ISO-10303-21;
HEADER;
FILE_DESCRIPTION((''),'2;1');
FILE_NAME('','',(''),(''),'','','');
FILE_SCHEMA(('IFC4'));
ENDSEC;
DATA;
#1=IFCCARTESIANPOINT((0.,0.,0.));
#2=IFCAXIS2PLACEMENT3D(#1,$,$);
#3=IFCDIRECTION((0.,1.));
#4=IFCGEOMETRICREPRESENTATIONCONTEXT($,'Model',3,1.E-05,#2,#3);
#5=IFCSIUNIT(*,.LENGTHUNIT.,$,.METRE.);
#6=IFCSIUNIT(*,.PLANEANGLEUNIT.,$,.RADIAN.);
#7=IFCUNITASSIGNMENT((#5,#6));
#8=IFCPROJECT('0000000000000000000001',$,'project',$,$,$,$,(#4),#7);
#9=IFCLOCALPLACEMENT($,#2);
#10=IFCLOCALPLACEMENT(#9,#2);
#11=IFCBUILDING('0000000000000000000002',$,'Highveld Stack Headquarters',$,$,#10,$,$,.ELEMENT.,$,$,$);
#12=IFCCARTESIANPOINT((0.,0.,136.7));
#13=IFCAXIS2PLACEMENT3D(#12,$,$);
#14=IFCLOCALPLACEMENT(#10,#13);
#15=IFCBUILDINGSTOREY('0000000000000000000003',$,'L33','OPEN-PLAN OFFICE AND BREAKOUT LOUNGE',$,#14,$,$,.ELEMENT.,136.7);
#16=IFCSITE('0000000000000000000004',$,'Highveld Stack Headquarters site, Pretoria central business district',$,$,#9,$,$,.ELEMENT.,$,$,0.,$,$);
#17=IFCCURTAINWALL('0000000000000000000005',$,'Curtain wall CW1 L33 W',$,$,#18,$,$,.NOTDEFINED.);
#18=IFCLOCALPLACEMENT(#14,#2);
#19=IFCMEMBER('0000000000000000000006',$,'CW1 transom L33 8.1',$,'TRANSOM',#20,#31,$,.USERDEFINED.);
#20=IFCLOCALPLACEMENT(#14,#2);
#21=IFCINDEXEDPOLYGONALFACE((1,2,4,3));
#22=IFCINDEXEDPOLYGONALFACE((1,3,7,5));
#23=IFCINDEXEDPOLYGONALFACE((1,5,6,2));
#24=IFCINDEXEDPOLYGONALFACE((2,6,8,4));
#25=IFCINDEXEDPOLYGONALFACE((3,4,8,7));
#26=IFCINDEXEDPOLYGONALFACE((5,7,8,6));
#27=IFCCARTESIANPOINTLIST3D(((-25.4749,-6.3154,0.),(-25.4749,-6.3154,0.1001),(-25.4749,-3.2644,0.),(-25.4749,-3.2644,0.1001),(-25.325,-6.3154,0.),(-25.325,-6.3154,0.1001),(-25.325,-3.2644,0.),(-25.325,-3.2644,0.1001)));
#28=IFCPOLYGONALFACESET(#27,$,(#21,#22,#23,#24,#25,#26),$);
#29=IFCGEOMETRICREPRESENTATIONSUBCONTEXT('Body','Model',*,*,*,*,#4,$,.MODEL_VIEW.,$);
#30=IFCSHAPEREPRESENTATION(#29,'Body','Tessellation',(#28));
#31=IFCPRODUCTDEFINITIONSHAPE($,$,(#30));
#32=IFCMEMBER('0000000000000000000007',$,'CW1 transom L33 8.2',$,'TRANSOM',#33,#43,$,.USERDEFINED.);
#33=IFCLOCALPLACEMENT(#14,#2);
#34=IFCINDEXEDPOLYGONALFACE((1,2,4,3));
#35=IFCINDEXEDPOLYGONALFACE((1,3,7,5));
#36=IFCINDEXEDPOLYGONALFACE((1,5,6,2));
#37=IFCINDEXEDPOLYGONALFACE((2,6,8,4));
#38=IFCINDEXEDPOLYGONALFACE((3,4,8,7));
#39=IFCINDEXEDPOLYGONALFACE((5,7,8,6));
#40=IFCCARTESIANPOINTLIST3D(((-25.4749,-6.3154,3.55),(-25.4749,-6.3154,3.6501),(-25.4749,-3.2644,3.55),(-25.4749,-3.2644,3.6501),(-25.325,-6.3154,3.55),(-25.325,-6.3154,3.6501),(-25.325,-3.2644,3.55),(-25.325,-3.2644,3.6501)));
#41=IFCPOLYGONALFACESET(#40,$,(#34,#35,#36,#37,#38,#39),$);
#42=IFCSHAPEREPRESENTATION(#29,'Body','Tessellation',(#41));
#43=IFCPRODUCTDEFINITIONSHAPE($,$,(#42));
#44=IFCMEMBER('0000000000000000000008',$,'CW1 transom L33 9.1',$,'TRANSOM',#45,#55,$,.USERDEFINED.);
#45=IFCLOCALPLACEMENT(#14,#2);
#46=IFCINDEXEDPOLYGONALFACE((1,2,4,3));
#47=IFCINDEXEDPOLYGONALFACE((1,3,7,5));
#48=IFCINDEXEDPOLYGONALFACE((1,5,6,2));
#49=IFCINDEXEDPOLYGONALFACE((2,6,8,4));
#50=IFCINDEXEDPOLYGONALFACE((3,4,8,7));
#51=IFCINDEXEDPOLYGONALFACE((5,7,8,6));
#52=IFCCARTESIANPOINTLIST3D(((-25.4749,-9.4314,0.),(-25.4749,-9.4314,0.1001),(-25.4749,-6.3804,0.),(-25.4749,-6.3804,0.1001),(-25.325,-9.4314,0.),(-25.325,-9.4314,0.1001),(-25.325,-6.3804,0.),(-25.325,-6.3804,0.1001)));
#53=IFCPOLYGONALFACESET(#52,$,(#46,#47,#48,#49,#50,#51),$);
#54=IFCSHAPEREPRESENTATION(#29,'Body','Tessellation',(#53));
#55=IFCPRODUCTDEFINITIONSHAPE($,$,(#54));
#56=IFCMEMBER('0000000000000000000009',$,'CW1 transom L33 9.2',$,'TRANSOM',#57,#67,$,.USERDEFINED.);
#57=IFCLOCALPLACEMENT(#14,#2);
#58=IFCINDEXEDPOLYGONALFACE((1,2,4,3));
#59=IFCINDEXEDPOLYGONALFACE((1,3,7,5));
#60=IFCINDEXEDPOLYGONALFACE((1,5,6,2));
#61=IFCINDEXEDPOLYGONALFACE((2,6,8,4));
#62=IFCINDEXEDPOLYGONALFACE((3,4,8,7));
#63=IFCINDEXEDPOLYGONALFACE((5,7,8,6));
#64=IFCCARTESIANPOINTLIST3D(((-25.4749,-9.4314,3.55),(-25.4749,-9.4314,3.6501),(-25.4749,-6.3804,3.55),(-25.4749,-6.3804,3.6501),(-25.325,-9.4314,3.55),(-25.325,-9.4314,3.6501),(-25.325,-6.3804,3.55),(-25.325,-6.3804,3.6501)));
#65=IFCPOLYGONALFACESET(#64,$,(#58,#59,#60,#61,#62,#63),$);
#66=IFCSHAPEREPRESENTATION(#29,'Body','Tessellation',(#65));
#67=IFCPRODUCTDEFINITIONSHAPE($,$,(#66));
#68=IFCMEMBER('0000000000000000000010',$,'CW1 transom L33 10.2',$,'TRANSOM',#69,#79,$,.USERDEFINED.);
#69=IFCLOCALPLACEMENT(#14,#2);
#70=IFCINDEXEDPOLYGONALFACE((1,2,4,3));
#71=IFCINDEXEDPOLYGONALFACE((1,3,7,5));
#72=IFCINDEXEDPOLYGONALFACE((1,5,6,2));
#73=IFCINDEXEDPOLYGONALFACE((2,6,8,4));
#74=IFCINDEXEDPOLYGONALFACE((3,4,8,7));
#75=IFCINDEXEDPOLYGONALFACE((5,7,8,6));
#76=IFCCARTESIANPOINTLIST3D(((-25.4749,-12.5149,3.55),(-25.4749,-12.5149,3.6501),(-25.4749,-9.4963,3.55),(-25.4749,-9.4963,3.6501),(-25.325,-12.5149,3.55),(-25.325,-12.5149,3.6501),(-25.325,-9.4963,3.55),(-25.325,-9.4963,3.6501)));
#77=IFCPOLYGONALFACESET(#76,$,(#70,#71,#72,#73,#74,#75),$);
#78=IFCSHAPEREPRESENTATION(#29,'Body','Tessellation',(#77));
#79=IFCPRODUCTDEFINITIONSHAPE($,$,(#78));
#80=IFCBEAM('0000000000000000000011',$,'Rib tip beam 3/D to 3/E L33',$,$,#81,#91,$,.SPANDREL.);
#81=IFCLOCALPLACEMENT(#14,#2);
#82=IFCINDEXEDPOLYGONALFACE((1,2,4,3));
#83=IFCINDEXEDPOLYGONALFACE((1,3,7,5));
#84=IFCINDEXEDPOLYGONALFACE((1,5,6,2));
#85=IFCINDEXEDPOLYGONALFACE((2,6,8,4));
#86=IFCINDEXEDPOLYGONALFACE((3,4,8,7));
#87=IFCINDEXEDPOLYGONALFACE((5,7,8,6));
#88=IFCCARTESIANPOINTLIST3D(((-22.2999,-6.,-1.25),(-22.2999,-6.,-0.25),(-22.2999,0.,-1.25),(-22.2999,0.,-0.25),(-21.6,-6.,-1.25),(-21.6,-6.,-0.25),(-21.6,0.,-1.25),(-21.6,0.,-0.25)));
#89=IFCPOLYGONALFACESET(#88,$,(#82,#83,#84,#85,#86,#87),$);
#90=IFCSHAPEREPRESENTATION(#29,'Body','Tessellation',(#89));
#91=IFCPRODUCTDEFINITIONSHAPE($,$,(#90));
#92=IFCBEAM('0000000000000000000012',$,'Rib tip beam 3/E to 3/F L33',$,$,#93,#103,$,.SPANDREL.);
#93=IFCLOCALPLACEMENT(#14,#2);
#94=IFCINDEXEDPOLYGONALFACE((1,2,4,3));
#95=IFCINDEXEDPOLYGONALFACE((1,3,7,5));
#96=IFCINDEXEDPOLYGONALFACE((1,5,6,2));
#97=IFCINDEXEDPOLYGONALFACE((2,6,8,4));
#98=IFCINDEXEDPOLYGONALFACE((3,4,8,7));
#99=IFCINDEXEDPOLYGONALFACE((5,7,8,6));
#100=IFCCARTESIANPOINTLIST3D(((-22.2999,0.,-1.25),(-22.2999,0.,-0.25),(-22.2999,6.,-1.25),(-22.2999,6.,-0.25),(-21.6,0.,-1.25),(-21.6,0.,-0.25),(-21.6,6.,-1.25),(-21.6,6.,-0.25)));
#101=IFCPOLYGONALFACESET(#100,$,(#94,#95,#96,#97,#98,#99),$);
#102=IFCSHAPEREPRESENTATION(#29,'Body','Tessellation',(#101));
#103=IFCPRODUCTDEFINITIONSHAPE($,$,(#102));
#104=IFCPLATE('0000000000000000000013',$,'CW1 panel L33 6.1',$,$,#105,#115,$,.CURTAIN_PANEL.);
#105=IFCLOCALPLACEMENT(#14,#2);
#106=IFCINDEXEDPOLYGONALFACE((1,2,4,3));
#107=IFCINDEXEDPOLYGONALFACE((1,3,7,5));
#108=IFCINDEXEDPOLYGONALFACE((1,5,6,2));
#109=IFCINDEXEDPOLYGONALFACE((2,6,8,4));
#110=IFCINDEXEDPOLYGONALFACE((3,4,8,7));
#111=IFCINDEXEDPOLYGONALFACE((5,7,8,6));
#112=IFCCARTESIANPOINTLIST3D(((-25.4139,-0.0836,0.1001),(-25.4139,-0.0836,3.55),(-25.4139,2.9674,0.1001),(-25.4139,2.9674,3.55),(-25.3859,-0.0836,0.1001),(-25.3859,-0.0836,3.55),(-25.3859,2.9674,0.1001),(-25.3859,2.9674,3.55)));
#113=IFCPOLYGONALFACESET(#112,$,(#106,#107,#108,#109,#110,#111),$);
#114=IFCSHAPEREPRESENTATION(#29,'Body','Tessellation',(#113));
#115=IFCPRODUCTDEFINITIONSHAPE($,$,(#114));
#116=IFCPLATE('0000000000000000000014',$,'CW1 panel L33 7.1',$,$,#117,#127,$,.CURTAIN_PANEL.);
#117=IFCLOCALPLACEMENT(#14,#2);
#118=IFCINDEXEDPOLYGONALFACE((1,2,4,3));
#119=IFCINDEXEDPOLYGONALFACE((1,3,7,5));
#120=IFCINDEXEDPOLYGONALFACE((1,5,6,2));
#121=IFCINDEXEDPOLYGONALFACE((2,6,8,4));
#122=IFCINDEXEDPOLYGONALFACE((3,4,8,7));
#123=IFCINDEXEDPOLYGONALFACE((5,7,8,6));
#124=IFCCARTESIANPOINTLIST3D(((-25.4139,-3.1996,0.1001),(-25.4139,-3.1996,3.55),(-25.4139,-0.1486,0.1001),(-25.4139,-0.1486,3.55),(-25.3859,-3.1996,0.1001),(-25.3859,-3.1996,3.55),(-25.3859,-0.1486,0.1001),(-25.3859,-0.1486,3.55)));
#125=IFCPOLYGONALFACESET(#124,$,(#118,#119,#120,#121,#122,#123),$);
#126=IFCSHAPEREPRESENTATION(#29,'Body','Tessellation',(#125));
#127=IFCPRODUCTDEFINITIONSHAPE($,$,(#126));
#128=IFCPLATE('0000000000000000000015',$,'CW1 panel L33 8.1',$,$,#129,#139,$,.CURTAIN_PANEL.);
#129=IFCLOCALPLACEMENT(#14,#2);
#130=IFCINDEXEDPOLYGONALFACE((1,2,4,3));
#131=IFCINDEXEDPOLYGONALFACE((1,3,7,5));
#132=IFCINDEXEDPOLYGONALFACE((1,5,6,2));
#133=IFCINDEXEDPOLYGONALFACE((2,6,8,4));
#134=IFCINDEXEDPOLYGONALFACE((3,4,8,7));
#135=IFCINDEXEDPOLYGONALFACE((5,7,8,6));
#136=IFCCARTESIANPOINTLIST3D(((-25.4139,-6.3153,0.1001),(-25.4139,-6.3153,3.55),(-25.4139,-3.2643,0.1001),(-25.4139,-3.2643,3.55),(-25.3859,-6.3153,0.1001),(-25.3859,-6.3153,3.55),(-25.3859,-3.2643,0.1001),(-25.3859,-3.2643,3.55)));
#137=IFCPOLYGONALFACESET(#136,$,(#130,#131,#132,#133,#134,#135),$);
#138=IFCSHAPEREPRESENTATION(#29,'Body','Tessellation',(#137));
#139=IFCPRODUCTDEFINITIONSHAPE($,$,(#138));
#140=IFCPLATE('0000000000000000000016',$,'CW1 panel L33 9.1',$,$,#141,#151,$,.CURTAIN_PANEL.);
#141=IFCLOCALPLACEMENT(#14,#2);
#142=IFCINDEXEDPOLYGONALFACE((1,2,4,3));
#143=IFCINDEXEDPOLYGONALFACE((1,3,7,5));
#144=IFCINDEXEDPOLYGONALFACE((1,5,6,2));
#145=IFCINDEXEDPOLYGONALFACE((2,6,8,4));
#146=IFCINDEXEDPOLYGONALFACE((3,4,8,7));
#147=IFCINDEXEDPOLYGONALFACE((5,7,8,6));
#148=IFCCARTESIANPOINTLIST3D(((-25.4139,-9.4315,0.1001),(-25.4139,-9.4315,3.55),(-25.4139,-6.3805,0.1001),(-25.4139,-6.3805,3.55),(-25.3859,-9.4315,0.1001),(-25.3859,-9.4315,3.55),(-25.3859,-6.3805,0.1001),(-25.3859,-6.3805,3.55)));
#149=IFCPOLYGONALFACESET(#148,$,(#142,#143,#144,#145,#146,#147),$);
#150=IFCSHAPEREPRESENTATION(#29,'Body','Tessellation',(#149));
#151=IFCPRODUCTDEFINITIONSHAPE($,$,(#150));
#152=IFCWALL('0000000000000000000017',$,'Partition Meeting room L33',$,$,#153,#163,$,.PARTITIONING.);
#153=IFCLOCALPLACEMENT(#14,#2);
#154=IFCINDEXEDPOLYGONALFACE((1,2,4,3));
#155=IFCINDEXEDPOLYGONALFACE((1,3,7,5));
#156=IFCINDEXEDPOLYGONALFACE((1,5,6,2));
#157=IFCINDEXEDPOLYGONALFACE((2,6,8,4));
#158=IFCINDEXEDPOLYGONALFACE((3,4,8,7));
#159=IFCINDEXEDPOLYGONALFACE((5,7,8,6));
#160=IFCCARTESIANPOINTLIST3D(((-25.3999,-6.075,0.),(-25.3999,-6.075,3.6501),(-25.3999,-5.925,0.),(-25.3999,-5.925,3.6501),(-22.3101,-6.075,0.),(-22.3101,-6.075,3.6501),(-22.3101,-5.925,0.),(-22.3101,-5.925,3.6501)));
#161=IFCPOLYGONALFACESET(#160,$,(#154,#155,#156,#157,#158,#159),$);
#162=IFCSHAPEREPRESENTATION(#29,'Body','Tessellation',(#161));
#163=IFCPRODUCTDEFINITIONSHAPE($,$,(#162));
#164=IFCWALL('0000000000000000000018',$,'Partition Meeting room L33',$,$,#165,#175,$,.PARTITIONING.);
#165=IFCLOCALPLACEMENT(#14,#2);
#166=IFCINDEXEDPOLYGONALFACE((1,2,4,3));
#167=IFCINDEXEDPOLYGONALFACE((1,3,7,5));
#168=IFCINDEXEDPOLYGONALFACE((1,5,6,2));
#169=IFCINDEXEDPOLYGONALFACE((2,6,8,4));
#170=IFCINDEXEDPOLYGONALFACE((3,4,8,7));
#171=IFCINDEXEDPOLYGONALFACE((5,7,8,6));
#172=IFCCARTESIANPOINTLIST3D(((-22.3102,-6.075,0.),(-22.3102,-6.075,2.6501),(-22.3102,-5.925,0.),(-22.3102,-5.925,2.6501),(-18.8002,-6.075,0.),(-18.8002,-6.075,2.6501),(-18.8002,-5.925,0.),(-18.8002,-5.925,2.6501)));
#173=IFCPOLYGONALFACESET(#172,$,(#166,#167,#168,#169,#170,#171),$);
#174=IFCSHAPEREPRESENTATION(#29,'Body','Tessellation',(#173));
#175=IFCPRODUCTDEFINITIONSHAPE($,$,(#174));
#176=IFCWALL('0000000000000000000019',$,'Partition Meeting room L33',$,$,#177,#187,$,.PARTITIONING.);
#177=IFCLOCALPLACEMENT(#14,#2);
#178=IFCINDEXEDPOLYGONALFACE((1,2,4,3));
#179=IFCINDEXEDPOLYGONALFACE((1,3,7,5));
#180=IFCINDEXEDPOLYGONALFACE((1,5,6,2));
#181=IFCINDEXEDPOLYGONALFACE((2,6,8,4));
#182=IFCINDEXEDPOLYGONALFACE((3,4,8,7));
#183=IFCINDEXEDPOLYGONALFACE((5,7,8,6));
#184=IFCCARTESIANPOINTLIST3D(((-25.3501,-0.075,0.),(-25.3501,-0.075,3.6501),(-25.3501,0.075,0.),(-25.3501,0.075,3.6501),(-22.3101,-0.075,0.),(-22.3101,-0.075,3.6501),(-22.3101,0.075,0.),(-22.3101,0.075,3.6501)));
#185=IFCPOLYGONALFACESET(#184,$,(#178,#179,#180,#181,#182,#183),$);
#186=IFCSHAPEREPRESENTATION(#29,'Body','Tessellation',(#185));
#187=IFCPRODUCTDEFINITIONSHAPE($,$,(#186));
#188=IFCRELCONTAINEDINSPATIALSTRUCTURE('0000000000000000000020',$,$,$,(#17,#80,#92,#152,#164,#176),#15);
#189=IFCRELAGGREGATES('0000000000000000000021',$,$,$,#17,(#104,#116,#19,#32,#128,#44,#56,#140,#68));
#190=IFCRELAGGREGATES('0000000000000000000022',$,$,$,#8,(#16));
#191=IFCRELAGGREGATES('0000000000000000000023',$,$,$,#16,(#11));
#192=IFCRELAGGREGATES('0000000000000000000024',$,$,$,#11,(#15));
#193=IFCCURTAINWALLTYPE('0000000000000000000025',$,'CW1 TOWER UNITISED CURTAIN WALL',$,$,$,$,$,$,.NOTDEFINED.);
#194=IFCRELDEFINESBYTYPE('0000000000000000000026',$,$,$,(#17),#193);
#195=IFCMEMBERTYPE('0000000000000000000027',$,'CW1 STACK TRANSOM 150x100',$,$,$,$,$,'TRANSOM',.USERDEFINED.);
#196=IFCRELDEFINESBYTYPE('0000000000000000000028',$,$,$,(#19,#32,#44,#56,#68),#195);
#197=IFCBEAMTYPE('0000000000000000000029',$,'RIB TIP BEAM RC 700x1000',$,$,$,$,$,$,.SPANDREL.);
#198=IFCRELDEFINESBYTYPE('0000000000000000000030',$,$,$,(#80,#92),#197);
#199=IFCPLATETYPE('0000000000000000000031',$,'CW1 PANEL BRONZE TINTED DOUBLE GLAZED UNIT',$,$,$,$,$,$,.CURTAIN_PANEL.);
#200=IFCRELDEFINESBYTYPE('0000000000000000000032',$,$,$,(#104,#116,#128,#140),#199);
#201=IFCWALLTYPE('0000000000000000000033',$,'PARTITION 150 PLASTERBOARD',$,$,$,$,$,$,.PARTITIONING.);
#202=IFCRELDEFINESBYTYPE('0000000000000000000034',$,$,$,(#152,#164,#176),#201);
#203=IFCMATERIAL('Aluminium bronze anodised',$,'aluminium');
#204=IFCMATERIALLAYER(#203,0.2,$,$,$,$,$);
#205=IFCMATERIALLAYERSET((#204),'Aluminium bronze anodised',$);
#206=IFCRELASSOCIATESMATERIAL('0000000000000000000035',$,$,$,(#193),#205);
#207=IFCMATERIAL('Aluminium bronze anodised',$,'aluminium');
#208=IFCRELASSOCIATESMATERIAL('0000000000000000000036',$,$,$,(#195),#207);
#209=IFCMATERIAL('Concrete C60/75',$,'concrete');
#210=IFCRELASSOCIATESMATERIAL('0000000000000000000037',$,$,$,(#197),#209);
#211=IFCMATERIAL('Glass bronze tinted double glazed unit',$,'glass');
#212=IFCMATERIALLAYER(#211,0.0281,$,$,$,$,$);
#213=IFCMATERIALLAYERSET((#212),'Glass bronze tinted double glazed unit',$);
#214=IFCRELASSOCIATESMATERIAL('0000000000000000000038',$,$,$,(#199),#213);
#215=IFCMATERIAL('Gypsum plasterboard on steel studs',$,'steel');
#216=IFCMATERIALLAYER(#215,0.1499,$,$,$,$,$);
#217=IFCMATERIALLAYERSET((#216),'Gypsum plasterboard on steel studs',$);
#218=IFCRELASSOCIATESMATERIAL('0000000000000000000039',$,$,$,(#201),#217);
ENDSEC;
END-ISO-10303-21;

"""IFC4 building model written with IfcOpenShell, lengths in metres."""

from ifc_helpers import new_model, si_unit, direction, frame, frame_2d, origin, origin_2d, place, context, subcontext, project, spatial, rectangle, extrude, material, layer, layer_set, material_profile, profile_set, type_object, element, aggregate, save


model = new_model("IFC4")

# Units and contexts
model_context = context("Model", 3, precision=1e-05, world=origin(), true_north=direction((0.0, 1.0)))
body_context = subcontext(model_context, "Body", "Model", "MODEL_VIEW")
ifc_project = project(units=[si_unit("LENGTHUNIT", "METRE"), si_unit("PLANEANGLEUNIT", "RADIAN")], contexts=[model_context])

# Site, building, storey
site_placement = place(None, origin())
site = spatial("IfcSite", under=ifc_project, at=site_placement, Name="Highveld Stack Headquarters site, Pretoria central business district", CompositionType="ELEMENT", RefElevation=0.0)
building_placement = place(site_placement, origin())
building = spatial("IfcBuilding", under=site, at=building_placement, Name="Highveld Stack Headquarters", CompositionType="ELEMENT")
storey_placement = place(building_placement, frame((0.0, 0.0, 136.7)))
storey = spatial("IfcBuildingStorey", under=building, at=storey_placement, Name="L33", Description="OPEN-PLAN OFFICE AND BREAKOUT LOUNGE", CompositionType="ELEMENT", Elevation=136.7)

# Curtain wall, members
ifc_material_1 = material(Name="Aluminium bronze anodised", Category="aluminium")
ifc_layer_1 = layer(ifc_material_1, 0.2)
ifc_layer_set_1 = layer_set([ifc_layer_1], Name="Aluminium bronze anodised")
curtain_wall_type = type_object("IfcCurtainWallType", Name="CW1 TOWER UNITISED CURTAIN WALL", PredefinedType="NOTDEFINED", material=ifc_layer_set_1)
curtain_wall_placement = place(storey_placement, origin())
curtain_wall = element("IfcCurtainWall", 1, at=curtain_wall_placement, inside=storey, type_object=curtain_wall_type, Name="Curtain wall CW1 L33 W", PredefinedType="NOTDEFINED")
ifc_material_2 = material(Name="Aluminium bronze anodised", Category="aluminium")
ifc_material_profile_1 = material_profile(ifc_material_2, rectangle(XDim=0.1499, YDim=0.1001, at=origin_2d()), Name="CW1 TRANSOM 150x100")
ifc_profile_set_1 = profile_set([ifc_material_profile_1], Name="Aluminium bronze anodised")
member_type_1 = type_object("IfcMemberType", Name="CW1 STACK TRANSOM 150x100", ElementType="TRANSOM", PredefinedType="USERDEFINED", material=ifc_profile_set_1)
member_1_placement = place(storey_placement, frame((-25.3999, -3.2644, 0.05), z_axis=(0.0, -1.0, 0.0), x_axis=(1.0, 0.0, 0.0)))
member_1 = element("IfcMember", 2, at=member_1_placement, type_object=member_type_1, Name="CW1 transom L33 8.1", ObjectType="TRANSOM", PredefinedType="USERDEFINED", context=body_context, shape_type="SweptSolid", body=[
    extrude(rectangle(XDim=0.1499, YDim=0.1001, at=origin_2d()), origin(), (0.0, 0.0, 1.0), 3.051),
])
member_2_placement = place(storey_placement, frame((-25.3999, -3.2644, 3.6001), z_axis=(0.0, -1.0, 0.0), x_axis=(1.0, 0.0, 0.0)))
member_2 = element("IfcMember", 3, at=member_2_placement, type_object=member_type_1, Name="CW1 transom L33 8.2", ObjectType="TRANSOM", PredefinedType="USERDEFINED", context=body_context, shape_type="SweptSolid", body=[
    extrude(rectangle(XDim=0.1499, YDim=0.1001, at=origin_2d()), origin(), (0.0, 0.0, 1.0), 3.051),
])
member_3_placement = place(storey_placement, frame((-25.3999, -6.3804, 0.05), z_axis=(0.0, -1.0, 0.0), x_axis=(1.0, 0.0, 0.0)))
member_3 = element("IfcMember", 4, at=member_3_placement, type_object=member_type_1, Name="CW1 transom L33 9.1", ObjectType="TRANSOM", PredefinedType="USERDEFINED", context=body_context, shape_type="SweptSolid", body=[
    extrude(rectangle(XDim=0.1499, YDim=0.1001, at=origin_2d()), origin(), (0.0, 0.0, 1.0), 3.051),
])
member_4_placement = place(storey_placement, frame((-25.3999, -6.3804, 3.6001), z_axis=(0.0, -1.0, 0.0), x_axis=(1.0, 0.0, 0.0)))
member_4 = element("IfcMember", 5, at=member_4_placement, type_object=member_type_1, Name="CW1 transom L33 9.2", ObjectType="TRANSOM", PredefinedType="USERDEFINED", context=body_context, shape_type="SweptSolid", body=[
    extrude(rectangle(XDim=0.1499, YDim=0.1001, at=origin_2d()), origin(), (0.0, 0.0, 1.0), 3.051),
])
member_5_placement = place(storey_placement, frame((-25.3999, -9.4963, 3.6001), z_axis=(0.0, -1.0, 0.0), x_axis=(1.0, 0.0, 0.0)))
member_5 = element("IfcMember", 6, at=member_5_placement, type_object=member_type_1, Name="CW1 transom L33 10.2", ObjectType="TRANSOM", PredefinedType="USERDEFINED", context=body_context, shape_type="SweptSolid", body=[
    extrude(rectangle(XDim=0.1499, YDim=0.1001, at=origin_2d()), origin(), (0.0, 0.0, 1.0), 3.0186),
])

# Beams
ifc_material_3 = material(Name="Concrete C60/75", Category="concrete")
ifc_material_profile_2 = material_profile(ifc_material_3, rectangle(XDim=0.7, YDim=1.0, at=origin_2d()), Name="RC 700x1000")
ifc_profile_set_2 = profile_set([ifc_material_profile_2], Name="Concrete C60/75")
beam_type = type_object("IfcBeamType", Name="RIB TIP BEAM RC 700x1000", PredefinedType="SPANDREL", material=ifc_profile_set_2)
for number, where, z_axis, x_axis, name in (
    (7, (-21.95, -6.0, -0.75), (0.0, 1.0, 0.0), (-1.0, 0.0, 0.0), "Rib tip beam 3/D to 3/E L33"),
    (8, (-21.95, 0.0, -0.75), (0.0, 1.0, 0.0), (-1.0, 0.0, 0.0), "Rib tip beam 3/E to 3/F L33"),
):
    element("IfcBeam", number, at=place(storey_placement, frame(where, z_axis=z_axis, x_axis=x_axis)), inside=storey, type_object=beam_type, Name=name, PredefinedType="SPANDREL", context=body_context, shape_type="SweptSolid", body=[
        extrude(rectangle(XDim=0.7, YDim=1.0, at=origin_2d()), origin(), (0.0, 0.0, 1.0), 6.0),
    ])

# Plates
ifc_material_4 = material(Name="Glass bronze tinted double glazed unit", Category="glass")
ifc_layer_2 = layer(ifc_material_4, 0.0281)
ifc_layer_set_2 = layer_set([ifc_layer_2], Name="Glass bronze tinted double glazed unit")
plate_type = type_object("IfcPlateType", Name="CW1 PANEL BRONZE TINTED DOUBLE GLAZED UNIT", PredefinedType="CURTAIN_PANEL", material=ifc_layer_set_2)
plate_1_placement = place(storey_placement, frame((-25.3999, 1.4419, 0.1001), z_axis=(0.0, 0.0, 1.0), x_axis=(0.0, -1.0, 0.0)))
plate_1 = element("IfcPlate", 9, at=plate_1_placement, type_object=plate_type, Name="CW1 panel L33 6.1", PredefinedType="CURTAIN_PANEL", context=body_context, shape_type="SweptSolid", body=[
    extrude(rectangle(XDim=3.051, YDim=0.0281, at=origin_2d()), origin(), (0.0, 0.0, 1.0), 3.45),
])
plate_2_placement = place(storey_placement, frame((-25.3999, -1.6741, 0.1001), z_axis=(0.0, 0.0, 1.0), x_axis=(0.0, -1.0, 0.0)))
plate_2 = element("IfcPlate", 10, at=plate_2_placement, type_object=plate_type, Name="CW1 panel L33 7.1", PredefinedType="CURTAIN_PANEL", context=body_context, shape_type="SweptSolid", body=[
    extrude(rectangle(XDim=3.051, YDim=0.0281, at=origin_2d()), origin(), (0.0, 0.0, 1.0), 3.45),
])
plate_3_placement = place(storey_placement, frame((-25.3999, -4.7898, 0.1001), z_axis=(0.0, 0.0, 1.0), x_axis=(0.0, -1.0, 0.0)))
plate_3 = element("IfcPlate", 11, at=plate_3_placement, type_object=plate_type, Name="CW1 panel L33 8.1", PredefinedType="CURTAIN_PANEL", context=body_context, shape_type="SweptSolid", body=[
    extrude(rectangle(XDim=3.051, YDim=0.0281, at=origin_2d()), origin(), (0.0, 0.0, 1.0), 3.45),
])
plate_4_placement = place(storey_placement, frame((-25.3999, -7.906, 0.1001), z_axis=(0.0, 0.0, 1.0), x_axis=(0.0, -1.0, 0.0)))
plate_4 = element("IfcPlate", 12, at=plate_4_placement, type_object=plate_type, Name="CW1 panel L33 9.1", PredefinedType="CURTAIN_PANEL", context=body_context, shape_type="SweptSolid", body=[
    extrude(rectangle(XDim=3.051, YDim=0.0281, at=origin_2d()), origin(), (0.0, 0.0, 1.0), 3.45),
])
aggregate(curtain_wall, [plate_1, plate_2, member_1, member_2, plate_3, member_3, member_4, plate_4, member_5])

# Walls
ifc_material_5 = material(Name="Gypsum plasterboard on steel studs", Category="steel")
ifc_layer_3 = layer(ifc_material_5, 0.1499)
ifc_layer_set_3 = layer_set([ifc_layer_3], Name="Gypsum plasterboard on steel studs")
wall_type = type_object("IfcWallType", Name="PARTITION 150 PLASTERBOARD", PredefinedType="PARTITIONING", material=ifc_layer_set_3)
wall_1_placement = place(storey_placement, frame((-25.3999, -6.0, 0.0), z_axis=(0.0, 0.0, 1.0), x_axis=(1.0, 0.0, 0.0)))
element("IfcWall", 13, at=wall_1_placement, inside=storey, type_object=wall_type, Name="Partition Meeting room L33", PredefinedType="PARTITIONING", context=body_context, shape_type="SweptSolid", body=[
    extrude(rectangle(XDim=3.0898, YDim=0.1499, at=frame_2d((1.5449, 0.0))), origin(), (0.0, 0.0, 1.0), 3.6501),
])
wall_2_placement = place(storey_placement, frame((-22.3101, -6.0, 0.0), z_axis=(0.0, 0.0, 1.0), x_axis=(1.0, 0.0, 0.0)))
element("IfcWall", 14, at=wall_2_placement, inside=storey, type_object=wall_type, Name="Partition Meeting room L33", PredefinedType="PARTITIONING", context=body_context, shape_type="SweptSolid", body=[
    extrude(rectangle(XDim=3.51, YDim=0.1499, at=frame_2d((1.7549, 0.0))), origin(), (0.0, 0.0, 1.0), 2.6501),
])
wall_3_placement = place(storey_placement, frame((-25.3501, 0.0, 0.0), z_axis=(0.0, 0.0, 1.0), x_axis=(1.0, 0.0, 0.0)))
element("IfcWall", 15, at=wall_3_placement, inside=storey, type_object=wall_type, Name="Partition Meeting room L33", PredefinedType="PARTITIONING", context=body_context, shape_type="SweptSolid", body=[
    extrude(rectangle(XDim=3.04, YDim=0.1499, at=frame_2d((1.52, 0.0))), origin(), (0.0, 0.0, 1.0), 3.6501),
])

save(model, "model.ifc")
